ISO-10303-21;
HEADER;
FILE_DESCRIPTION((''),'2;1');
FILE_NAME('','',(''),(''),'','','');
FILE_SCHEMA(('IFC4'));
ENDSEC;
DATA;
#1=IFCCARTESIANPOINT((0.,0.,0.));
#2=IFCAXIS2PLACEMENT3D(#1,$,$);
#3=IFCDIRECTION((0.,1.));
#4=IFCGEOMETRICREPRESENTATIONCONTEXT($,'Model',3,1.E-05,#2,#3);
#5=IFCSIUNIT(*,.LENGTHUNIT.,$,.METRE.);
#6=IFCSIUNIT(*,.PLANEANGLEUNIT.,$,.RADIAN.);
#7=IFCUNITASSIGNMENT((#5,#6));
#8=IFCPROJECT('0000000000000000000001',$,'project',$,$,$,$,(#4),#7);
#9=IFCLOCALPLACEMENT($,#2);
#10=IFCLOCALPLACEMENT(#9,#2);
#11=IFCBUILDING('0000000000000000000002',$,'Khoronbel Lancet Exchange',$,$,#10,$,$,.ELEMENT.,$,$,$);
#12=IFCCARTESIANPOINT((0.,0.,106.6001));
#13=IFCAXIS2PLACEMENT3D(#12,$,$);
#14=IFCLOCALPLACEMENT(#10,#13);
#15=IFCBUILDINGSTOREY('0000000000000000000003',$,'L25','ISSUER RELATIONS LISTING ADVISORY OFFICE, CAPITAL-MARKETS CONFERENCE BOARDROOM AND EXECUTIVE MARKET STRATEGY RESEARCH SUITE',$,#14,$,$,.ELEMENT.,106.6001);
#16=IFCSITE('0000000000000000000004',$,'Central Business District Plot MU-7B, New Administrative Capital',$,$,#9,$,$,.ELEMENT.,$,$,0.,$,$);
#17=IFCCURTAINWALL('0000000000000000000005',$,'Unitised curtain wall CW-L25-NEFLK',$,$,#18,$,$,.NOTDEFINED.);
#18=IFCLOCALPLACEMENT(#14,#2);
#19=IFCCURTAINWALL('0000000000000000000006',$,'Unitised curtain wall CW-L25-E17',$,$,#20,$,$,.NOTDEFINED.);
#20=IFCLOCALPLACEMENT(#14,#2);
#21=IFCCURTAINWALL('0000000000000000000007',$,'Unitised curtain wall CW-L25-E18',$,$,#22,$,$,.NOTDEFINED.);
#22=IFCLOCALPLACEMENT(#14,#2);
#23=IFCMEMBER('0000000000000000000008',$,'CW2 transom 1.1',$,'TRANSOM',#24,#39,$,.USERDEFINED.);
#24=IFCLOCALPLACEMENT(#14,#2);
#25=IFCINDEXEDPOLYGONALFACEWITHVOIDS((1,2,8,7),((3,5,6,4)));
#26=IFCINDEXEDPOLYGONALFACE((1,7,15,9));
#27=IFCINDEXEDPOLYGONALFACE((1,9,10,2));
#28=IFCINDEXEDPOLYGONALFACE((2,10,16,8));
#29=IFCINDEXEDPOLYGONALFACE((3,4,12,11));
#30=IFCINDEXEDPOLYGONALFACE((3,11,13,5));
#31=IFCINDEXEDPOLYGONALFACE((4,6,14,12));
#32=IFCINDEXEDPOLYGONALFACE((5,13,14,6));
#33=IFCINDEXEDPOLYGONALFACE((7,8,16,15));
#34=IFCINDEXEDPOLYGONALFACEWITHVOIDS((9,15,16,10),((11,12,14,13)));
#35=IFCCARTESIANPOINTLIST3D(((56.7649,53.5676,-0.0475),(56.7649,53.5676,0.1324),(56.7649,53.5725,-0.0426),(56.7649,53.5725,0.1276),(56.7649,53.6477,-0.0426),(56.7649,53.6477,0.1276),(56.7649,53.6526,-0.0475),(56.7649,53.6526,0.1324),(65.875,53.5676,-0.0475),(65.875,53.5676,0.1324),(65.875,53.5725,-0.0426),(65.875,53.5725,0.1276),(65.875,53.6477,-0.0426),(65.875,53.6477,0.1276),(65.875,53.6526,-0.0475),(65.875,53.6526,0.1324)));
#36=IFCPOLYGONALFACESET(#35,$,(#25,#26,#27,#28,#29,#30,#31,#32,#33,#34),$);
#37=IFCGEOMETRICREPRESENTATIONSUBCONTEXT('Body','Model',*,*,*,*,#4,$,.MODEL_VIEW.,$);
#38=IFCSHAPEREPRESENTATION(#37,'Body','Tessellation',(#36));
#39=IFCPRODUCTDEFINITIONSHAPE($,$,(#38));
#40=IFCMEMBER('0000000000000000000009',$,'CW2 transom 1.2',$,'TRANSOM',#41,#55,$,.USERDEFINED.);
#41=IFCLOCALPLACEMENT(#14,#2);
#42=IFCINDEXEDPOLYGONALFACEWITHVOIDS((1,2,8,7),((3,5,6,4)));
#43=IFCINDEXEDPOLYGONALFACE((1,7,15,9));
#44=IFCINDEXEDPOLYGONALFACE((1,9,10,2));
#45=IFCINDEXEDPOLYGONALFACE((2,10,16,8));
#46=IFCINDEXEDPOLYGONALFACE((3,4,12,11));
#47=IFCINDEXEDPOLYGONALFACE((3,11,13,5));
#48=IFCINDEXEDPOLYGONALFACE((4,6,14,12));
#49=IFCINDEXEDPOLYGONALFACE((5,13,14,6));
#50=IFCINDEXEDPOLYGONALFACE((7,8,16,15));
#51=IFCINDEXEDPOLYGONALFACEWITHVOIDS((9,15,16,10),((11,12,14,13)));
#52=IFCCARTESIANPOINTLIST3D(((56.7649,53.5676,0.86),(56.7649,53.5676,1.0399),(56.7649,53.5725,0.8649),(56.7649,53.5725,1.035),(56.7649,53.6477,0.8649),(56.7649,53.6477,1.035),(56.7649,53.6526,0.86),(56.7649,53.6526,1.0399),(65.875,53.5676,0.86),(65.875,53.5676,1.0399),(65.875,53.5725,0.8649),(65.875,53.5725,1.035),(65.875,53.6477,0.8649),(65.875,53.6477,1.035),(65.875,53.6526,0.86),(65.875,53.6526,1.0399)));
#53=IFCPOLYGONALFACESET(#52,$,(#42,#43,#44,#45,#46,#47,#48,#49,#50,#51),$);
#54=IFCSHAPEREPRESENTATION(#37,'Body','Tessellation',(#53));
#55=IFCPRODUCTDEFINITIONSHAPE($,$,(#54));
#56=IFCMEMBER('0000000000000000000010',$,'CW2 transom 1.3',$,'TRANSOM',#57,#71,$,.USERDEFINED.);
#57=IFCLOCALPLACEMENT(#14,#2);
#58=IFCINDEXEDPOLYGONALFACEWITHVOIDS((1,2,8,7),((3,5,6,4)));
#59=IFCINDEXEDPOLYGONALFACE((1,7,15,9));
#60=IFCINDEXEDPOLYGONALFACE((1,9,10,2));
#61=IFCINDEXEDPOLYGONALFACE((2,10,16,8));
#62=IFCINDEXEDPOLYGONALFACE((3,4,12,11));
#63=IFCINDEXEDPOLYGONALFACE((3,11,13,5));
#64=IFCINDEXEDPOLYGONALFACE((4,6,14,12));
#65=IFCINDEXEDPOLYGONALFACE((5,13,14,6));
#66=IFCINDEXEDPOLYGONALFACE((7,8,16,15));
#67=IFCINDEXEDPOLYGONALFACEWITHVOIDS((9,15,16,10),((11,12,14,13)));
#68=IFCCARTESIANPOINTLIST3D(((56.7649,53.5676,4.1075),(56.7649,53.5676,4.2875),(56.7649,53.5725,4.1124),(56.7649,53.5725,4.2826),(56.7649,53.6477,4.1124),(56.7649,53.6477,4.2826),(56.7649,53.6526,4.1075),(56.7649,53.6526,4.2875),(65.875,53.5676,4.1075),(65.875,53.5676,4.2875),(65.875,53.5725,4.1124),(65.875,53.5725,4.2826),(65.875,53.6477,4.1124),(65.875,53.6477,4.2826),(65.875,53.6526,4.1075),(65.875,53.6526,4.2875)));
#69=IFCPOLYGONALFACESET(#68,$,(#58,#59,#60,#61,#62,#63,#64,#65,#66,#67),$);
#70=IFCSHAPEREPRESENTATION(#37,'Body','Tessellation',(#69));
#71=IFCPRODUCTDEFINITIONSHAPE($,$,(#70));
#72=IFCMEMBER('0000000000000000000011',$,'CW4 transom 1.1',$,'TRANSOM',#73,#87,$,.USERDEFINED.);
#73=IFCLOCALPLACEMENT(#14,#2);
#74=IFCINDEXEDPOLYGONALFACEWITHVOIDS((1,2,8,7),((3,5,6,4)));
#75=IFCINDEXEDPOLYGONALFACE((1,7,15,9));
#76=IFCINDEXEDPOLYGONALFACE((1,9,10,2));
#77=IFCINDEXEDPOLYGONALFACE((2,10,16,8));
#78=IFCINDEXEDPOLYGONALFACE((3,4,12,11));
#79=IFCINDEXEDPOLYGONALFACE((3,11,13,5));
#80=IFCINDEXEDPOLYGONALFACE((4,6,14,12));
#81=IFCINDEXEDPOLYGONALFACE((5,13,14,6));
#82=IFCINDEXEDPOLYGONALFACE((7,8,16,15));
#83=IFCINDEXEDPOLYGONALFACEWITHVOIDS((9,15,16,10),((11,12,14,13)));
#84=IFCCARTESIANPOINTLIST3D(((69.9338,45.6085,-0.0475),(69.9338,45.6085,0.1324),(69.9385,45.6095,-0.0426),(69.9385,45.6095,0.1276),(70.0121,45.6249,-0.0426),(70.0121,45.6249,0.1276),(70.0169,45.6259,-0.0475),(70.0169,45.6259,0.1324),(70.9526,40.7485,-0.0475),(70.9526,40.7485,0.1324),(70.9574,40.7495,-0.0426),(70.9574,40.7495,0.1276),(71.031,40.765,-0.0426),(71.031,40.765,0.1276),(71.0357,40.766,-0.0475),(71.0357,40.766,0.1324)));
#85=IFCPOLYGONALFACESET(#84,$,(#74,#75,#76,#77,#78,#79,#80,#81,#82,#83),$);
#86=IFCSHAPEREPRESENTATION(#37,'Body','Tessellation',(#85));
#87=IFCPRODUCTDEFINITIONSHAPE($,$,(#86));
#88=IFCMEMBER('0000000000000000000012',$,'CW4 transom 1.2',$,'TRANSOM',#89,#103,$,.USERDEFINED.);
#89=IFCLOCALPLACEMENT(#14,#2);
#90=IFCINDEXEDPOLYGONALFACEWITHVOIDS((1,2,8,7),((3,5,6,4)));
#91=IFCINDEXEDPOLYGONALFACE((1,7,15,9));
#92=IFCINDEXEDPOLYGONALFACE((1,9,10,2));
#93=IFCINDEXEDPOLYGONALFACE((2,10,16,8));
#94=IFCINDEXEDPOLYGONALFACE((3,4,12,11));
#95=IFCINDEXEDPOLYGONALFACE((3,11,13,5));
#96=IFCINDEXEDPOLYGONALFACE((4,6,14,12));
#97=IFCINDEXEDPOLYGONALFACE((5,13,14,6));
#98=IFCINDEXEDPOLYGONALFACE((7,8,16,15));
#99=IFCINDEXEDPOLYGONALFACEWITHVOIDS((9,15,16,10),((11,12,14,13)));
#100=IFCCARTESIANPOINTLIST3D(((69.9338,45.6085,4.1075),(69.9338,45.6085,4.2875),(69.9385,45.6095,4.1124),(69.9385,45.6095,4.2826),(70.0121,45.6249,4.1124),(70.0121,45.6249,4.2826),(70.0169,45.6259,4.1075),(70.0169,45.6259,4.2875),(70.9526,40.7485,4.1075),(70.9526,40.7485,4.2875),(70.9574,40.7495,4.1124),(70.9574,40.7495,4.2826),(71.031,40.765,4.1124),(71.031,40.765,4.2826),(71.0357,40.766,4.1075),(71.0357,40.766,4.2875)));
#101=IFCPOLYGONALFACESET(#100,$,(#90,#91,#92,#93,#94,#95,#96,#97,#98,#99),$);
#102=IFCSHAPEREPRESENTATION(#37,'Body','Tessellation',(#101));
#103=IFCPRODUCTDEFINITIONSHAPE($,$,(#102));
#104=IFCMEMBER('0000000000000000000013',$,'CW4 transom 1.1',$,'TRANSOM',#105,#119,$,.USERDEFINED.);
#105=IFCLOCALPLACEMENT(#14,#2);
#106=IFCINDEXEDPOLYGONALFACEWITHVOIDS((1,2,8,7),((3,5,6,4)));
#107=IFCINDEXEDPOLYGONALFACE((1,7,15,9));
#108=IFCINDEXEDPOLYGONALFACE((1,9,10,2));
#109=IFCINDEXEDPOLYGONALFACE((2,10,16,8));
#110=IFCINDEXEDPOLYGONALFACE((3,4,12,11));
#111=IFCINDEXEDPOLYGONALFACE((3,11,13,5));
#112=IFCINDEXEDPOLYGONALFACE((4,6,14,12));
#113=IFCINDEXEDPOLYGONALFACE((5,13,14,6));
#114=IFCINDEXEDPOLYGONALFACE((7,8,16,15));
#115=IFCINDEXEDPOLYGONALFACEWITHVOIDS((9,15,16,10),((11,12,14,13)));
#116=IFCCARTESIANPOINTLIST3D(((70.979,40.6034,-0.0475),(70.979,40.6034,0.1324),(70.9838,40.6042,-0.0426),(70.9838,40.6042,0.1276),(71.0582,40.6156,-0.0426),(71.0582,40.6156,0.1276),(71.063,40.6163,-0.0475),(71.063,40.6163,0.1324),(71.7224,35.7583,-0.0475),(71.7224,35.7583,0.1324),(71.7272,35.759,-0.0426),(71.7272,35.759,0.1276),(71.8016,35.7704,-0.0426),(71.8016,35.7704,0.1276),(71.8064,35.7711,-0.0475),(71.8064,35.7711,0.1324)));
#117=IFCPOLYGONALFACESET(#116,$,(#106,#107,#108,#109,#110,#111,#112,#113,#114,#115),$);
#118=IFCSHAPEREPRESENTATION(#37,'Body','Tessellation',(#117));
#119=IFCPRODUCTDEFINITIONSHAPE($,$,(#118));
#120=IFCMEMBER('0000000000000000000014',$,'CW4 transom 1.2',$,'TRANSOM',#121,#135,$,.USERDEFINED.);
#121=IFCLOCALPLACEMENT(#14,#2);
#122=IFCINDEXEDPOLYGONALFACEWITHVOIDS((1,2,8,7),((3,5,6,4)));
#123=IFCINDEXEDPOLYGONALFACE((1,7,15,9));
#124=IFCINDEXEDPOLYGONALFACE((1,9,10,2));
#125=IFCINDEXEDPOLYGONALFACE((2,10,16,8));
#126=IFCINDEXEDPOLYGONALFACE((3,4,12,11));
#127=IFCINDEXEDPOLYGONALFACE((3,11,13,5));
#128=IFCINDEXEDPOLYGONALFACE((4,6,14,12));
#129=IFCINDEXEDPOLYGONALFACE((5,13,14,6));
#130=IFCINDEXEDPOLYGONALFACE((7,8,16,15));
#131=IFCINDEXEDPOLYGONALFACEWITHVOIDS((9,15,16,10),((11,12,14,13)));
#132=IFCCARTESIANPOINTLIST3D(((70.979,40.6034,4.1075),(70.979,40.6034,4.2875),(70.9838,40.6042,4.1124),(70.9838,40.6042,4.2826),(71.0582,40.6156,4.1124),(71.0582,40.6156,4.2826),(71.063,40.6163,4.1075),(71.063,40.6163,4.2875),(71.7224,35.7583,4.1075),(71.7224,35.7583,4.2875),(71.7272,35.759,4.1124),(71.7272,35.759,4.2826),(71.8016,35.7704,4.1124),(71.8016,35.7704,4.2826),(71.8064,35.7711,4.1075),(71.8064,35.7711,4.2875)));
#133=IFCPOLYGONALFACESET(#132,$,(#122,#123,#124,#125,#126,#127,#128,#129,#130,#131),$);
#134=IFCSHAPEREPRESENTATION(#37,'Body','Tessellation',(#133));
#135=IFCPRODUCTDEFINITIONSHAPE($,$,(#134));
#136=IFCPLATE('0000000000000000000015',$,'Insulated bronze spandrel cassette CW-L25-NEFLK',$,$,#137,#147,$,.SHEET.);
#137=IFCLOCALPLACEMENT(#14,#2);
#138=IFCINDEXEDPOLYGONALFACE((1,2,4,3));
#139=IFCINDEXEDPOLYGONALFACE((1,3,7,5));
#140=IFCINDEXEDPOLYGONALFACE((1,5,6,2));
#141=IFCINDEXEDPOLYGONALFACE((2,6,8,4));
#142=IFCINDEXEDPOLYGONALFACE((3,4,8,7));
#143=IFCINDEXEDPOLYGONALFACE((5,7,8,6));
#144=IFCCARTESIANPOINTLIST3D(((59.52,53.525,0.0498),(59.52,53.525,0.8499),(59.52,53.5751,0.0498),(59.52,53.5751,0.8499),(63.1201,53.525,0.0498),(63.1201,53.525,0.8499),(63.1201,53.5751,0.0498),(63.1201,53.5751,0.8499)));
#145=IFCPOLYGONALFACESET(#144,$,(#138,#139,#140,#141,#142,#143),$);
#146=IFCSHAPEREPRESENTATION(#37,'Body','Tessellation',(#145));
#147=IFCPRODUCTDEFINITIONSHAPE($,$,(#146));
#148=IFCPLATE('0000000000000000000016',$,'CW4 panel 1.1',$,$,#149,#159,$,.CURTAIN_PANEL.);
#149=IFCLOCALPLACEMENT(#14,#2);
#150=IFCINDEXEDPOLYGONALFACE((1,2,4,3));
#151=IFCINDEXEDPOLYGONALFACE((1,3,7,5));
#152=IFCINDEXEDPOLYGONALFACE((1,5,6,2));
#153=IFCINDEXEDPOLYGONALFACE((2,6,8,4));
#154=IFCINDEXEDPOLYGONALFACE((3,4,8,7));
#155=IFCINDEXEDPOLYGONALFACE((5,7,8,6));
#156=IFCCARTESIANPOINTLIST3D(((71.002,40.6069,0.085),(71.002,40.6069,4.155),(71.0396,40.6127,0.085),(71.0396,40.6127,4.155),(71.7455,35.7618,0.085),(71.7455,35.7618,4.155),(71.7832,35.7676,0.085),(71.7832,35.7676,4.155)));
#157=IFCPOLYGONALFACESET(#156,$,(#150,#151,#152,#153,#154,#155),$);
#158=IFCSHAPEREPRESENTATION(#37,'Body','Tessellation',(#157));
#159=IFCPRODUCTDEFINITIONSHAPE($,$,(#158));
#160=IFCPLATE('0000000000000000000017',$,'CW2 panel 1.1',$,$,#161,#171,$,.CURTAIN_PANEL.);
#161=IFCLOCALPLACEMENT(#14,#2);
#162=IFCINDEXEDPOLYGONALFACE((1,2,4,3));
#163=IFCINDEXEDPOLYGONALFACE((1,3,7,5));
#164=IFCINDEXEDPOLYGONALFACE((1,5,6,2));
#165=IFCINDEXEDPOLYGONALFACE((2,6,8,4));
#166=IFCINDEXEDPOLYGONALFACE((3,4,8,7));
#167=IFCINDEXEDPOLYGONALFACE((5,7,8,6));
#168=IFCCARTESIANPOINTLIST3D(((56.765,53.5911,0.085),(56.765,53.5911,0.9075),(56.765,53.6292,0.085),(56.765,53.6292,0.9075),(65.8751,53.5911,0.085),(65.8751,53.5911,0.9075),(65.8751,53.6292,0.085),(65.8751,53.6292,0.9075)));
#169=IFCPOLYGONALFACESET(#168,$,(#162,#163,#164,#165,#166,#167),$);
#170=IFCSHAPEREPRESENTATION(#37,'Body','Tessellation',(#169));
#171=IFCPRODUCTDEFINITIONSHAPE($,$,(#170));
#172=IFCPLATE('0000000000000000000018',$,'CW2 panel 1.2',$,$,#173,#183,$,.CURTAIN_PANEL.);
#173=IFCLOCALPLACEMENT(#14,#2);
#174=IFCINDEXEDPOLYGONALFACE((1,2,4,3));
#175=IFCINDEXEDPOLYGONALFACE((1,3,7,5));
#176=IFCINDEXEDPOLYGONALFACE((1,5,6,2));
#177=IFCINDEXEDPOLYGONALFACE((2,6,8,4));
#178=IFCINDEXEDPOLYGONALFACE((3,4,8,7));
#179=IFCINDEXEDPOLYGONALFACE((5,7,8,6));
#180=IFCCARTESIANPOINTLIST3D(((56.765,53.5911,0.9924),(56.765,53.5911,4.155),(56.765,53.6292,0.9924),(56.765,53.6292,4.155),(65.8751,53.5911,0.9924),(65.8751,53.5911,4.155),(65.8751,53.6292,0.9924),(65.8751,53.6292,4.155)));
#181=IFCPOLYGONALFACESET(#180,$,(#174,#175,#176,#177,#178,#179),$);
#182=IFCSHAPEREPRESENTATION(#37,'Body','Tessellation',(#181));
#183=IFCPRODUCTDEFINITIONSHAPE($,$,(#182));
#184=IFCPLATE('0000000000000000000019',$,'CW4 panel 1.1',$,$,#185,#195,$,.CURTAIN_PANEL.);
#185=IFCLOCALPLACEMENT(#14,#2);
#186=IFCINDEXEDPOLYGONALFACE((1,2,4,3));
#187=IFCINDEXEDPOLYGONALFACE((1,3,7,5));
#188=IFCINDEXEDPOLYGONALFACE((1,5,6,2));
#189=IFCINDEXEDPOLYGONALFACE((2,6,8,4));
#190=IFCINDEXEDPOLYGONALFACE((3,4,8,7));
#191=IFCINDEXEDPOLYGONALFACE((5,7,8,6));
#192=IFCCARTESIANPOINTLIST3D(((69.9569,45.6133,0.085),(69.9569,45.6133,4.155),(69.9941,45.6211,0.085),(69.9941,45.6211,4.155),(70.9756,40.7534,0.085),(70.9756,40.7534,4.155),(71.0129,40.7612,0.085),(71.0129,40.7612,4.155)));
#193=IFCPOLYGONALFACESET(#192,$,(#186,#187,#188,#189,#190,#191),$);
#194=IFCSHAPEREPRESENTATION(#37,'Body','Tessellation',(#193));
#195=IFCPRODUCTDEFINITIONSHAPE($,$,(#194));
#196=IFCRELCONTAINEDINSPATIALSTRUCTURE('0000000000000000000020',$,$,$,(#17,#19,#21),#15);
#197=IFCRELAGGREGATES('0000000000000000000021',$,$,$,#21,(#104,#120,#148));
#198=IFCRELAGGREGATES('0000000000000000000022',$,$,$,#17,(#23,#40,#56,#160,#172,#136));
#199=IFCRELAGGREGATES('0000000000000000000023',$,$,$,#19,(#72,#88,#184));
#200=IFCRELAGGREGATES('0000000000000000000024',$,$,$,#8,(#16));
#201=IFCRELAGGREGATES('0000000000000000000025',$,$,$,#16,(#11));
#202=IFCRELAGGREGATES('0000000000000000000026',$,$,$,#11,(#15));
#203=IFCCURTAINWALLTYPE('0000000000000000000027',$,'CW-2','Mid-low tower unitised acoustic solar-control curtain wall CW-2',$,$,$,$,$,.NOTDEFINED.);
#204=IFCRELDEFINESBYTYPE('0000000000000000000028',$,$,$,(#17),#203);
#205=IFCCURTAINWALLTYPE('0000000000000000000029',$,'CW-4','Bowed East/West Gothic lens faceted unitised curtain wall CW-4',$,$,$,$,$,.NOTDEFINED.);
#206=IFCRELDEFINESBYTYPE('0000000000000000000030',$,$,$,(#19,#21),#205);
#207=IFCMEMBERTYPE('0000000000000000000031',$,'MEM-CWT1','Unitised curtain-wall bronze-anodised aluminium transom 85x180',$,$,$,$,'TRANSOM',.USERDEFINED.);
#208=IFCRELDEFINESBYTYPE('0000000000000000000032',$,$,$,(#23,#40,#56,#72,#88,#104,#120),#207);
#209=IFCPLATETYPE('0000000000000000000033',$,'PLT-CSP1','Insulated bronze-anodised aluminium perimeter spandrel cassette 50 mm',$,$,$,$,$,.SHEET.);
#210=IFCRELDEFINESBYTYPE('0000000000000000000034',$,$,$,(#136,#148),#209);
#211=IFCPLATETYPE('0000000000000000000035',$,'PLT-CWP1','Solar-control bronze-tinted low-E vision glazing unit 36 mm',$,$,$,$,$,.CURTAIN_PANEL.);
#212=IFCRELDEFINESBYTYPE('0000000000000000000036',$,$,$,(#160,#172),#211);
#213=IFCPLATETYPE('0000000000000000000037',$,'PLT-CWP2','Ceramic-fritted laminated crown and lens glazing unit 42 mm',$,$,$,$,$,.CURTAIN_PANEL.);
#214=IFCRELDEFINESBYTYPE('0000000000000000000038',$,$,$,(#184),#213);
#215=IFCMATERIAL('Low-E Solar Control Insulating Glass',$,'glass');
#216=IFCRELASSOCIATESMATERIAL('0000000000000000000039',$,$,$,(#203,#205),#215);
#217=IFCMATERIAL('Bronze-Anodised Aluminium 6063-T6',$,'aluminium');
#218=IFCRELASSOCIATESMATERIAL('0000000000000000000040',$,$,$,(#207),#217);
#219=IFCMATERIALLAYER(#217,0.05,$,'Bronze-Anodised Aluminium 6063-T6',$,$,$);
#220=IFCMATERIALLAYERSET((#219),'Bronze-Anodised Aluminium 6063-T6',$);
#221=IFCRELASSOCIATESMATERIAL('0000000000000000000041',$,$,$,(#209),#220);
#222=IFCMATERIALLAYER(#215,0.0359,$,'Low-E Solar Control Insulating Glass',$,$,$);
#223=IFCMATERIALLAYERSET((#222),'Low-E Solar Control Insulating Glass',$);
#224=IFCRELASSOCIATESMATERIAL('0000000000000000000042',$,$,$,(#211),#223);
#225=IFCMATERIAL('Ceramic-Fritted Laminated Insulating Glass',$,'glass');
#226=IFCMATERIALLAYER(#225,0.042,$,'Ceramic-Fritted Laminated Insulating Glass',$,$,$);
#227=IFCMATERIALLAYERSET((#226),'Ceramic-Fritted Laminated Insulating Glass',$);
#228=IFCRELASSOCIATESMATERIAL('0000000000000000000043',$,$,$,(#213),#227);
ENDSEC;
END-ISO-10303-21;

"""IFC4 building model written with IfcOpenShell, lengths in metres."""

from ifc_helpers import new_model, si_unit, direction, frame, origin, origin_2d, place, context, subcontext, project, spatial, rectangle, hollow_rectangle, extrude, material, layer, layer_set, material_profile, profile_set, type_object, element, aggregate, save


model = new_model("IFC4")

# Units and contexts
model_context = context("Model", 3, precision=1e-05, world=origin(), true_north=direction((0.0, 1.0)))
body_context = subcontext(model_context, "Body", "Model", "MODEL_VIEW")
ifc_project = project(units=[si_unit("LENGTHUNIT", "METRE"), si_unit("PLANEANGLEUNIT", "RADIAN")], contexts=[model_context])

# Site, building, storey
site_placement = place(None, origin())
site = spatial("IfcSite", under=ifc_project, at=site_placement, Name="Central Business District Plot MU-7B, New Administrative Capital", CompositionType="ELEMENT", RefElevation=0.0)
building_placement = place(site_placement, origin())
building = spatial("IfcBuilding", under=site, at=building_placement, Name="Khoronbel Lancet Exchange", CompositionType="ELEMENT")
storey_placement = place(building_placement, frame((0.0, 0.0, 106.6001)))
storey = spatial("IfcBuildingStorey", under=building, at=storey_placement, Name="L25", Description="ISSUER RELATIONS LISTING ADVISORY OFFICE, CAPITAL-MARKETS CONFERENCE BOARDROOM AND EXECUTIVE MARKET STRATEGY RESEARCH SUITE", CompositionType="ELEMENT", Elevation=106.6001)

# Curtain walls
ifc_material_1 = material(Name="Low-E Solar Control Insulating Glass", Category="glass")
curtain_wall_type_1 = type_object("IfcCurtainWallType", Name="CW-2", Description="Mid-low tower unitised acoustic solar-control curtain wall CW-2", PredefinedType="NOTDEFINED", material=ifc_material_1)
curtain_wall_1_placement = place(storey_placement, origin())
curtain_wall_1 = element("IfcCurtainWall", 1, at=curtain_wall_1_placement, inside=storey, type_object=curtain_wall_type_1, Name="Unitised curtain wall CW-L25-NEFLK", PredefinedType="NOTDEFINED")
ifc_material_2 = material(Name="Bronze-Anodised Aluminium 6063-T6", Category="aluminium")
curtain_wall_type_2 = type_object("IfcCurtainWallType", Name="CW-4", Description="Bowed East/West Gothic lens faceted unitised curtain wall CW-4", PredefinedType="NOTDEFINED", material=ifc_material_1)
curtain_wall_2_placement = place(storey_placement, origin())
curtain_wall_2 = element("IfcCurtainWall", 2, at=curtain_wall_2_placement, inside=storey, type_object=curtain_wall_type_2, Name="Unitised curtain wall CW-L25-E17", PredefinedType="NOTDEFINED")

# Curtain wall
curtain_wall_3_placement = place(storey_placement, origin())
curtain_wall_3 = element("IfcCurtainWall", 3, at=curtain_wall_3_placement, inside=storey, type_object=curtain_wall_type_2, Name="Unitised curtain wall CW-L25-E18", PredefinedType="NOTDEFINED")

# Members
ifc_material_profile_1 = material_profile(ifc_material_2, hollow_rectangle(XDim=0.085, YDim=0.1799, WallThickness=0.0049, at=origin_2d()), Name="ALU TRANSOM 85x180")
ifc_profile_set_1 = profile_set([ifc_material_profile_1], Name="Bronze-Anodised Aluminium 6063-T6")
member_type_1 = type_object("IfcMemberType", Name="MEM-CWT1", Description="Unitised curtain-wall bronze-anodised aluminium transom 85x180", ElementType="TRANSOM", PredefinedType="USERDEFINED", material=ifc_profile_set_1)
member_1_placement = place(storey_placement, frame((65.875, 53.6101, 0.0425), z_axis=(-1.0, 0.0, 0.0), x_axis=(0.0, -1.0, 0.0)))
member_1 = element("IfcMember", 4, at=member_1_placement, type_object=member_type_1, Name="CW2 transom 1.1", ObjectType="TRANSOM", PredefinedType="USERDEFINED", context=body_context, shape_type="SweptSolid", body=[
    extrude(hollow_rectangle(XDim=0.085, YDim=0.1799, WallThickness=0.0049, at=origin_2d()), origin(), (0.0, 0.0, 1.0), 9.1101),
])
member_2_placement = place(storey_placement, frame((65.875, 53.6101, 0.95), z_axis=(-1.0, 0.0, 0.0), x_axis=(0.0, -1.0, 0.0)))
member_2 = element("IfcMember", 5, at=member_2_placement, type_object=member_type_1, Name="CW2 transom 1.2", ObjectType="TRANSOM", PredefinedType="USERDEFINED", context=body_context, shape_type="SweptSolid", body=[
    extrude(hollow_rectangle(XDim=0.085, YDim=0.1799, WallThickness=0.0049, at=origin_2d()), origin(), (0.0, 0.0, 1.0), 9.1101),
])
member_3_placement = place(storey_placement, frame((65.875, 53.6101, 4.1975), z_axis=(-1.0, 0.0, 0.0), x_axis=(0.0, -1.0, 0.0)))
member_3 = element("IfcMember", 6, at=member_3_placement, type_object=member_type_1, Name="CW2 transom 1.3", ObjectType="TRANSOM", PredefinedType="USERDEFINED", context=body_context, shape_type="SweptSolid", body=[
    extrude(hollow_rectangle(XDim=0.085, YDim=0.1799, WallThickness=0.0049, at=origin_2d()), origin(), (0.0, 0.0, 1.0), 9.1101),
])
member_4_placement = place(storey_placement, frame((69.9753, 45.6172, 0.0425), z_axis=(0.205175, -0.978725, 0.0), x_axis=(0.978725, 0.205175, 0.0)))
member_4 = element("IfcMember", 7, at=member_4_placement, type_object=member_type_1, Name="CW4 transom 1.1", ObjectType="TRANSOM", PredefinedType="USERDEFINED", context=body_context, shape_type="SweptSolid", body=[
    extrude(hollow_rectangle(XDim=0.085, YDim=0.1799, WallThickness=0.0049, at=origin_2d()), origin(), (0.0, 0.0, 1.0), 4.9656),
])
member_5_placement = place(storey_placement, frame((69.9753, 45.6172, 4.1975), z_axis=(0.205175, -0.978725, 0.0), x_axis=(0.978725, 0.205175, 0.0)))
member_5 = element("IfcMember", 8, at=member_5_placement, type_object=member_type_1, Name="CW4 transom 1.2", ObjectType="TRANSOM", PredefinedType="USERDEFINED", context=body_context, shape_type="SweptSolid", body=[
    extrude(hollow_rectangle(XDim=0.085, YDim=0.1799, WallThickness=0.0049, at=origin_2d()), origin(), (0.0, 0.0, 1.0), 4.9656),
])
member_6_placement = place(storey_placement, frame((71.021, 40.6099, 0.0425), z_axis=(0.151657, -0.988433, 0.0), x_axis=(0.988433, 0.151657, 0.0)))
member_6 = element("IfcMember", 9, at=member_6_placement, type_object=member_type_1, Name="CW4 transom 1.1", ObjectType="TRANSOM", PredefinedType="USERDEFINED", context=body_context, shape_type="SweptSolid", body=[
    extrude(hollow_rectangle(XDim=0.085, YDim=0.1799, WallThickness=0.0049, at=origin_2d()), origin(), (0.0, 0.0, 1.0), 4.9019),
])
member_7_placement = place(storey_placement, frame((71.021, 40.6099, 4.1975), z_axis=(0.151657, -0.988433, 0.0), x_axis=(0.988433, 0.151657, 0.0)))
member_7 = element("IfcMember", 10, at=member_7_placement, type_object=member_type_1, Name="CW4 transom 1.2", ObjectType="TRANSOM", PredefinedType="USERDEFINED", context=body_context, shape_type="SweptSolid", body=[
    extrude(hollow_rectangle(XDim=0.085, YDim=0.1799, WallThickness=0.0049, at=origin_2d()), origin(), (0.0, 0.0, 1.0), 4.9019),
])

# Plates
ifc_layer_1 = layer(ifc_material_2, 0.05, Name="Bronze-Anodised Aluminium 6063-T6")
ifc_layer_set_1 = layer_set([ifc_layer_1], Name="Bronze-Anodised Aluminium 6063-T6")
plate_type_1 = type_object("IfcPlateType", Name="PLT-CSP1", Description="Insulated bronze-anodised aluminium perimeter spandrel cassette 50 mm", PredefinedType="SHEET", material=ifc_layer_set_1)
plate_1_placement = place(storey_placement, frame((61.3201, 53.55, 0.0498), z_axis=(0.0, 0.0, 1.0), x_axis=(-1.0, 0.0, 0.0)))
plate_1 = element("IfcPlate", 11, at=plate_1_placement, type_object=plate_type_1, Name="Insulated bronze spandrel cassette CW-L25-NEFLK", PredefinedType="SHEET", context=body_context, shape_type="SweptSolid", body=[
    extrude(rectangle(XDim=3.6001, YDim=0.05, at=origin_2d()), origin(), (0.0, 0.0, 1.0), 0.8),
])
plate_2_placement = place(storey_placement, frame((71.3926, 38.1873, 0.085), z_axis=(0.0, 0.0, 1.0), x_axis=(0.15169, -0.988428, 0.0)))
plate_2 = element("IfcPlate", 12, at=plate_2_placement, type_object=plate_type_1, Name="CW4 panel 1.1", PredefinedType="CURTAIN_PANEL", context=body_context, shape_type="SweptSolid", body=[
    extrude(rectangle(XDim=4.9019, YDim=0.0381, at=origin_2d()), origin(), (0.0, 0.0, 1.0), 4.0701),
])
aggregate(curtain_wall_3, [member_6, member_7, plate_2])
ifc_layer_2 = layer(ifc_material_1, 0.0359, Name="Low-E Solar Control Insulating Glass")
ifc_layer_set_2 = layer_set([ifc_layer_2], Name="Low-E Solar Control Insulating Glass")
plate_type_2 = type_object("IfcPlateType", Name="PLT-CWP1", Description="Solar-control bronze-tinted low-E vision glazing unit 36 mm", PredefinedType="CURTAIN_PANEL", material=ifc_layer_set_2)
plate_3_placement = place(storey_placement, frame((61.3201, 53.6101, 0.085), z_axis=(0.0, 0.0, 1.0), x_axis=(-1.0, 0.0, 0.0)))
plate_3 = element("IfcPlate", 13, at=plate_3_placement, type_object=plate_type_2, Name="CW2 panel 1.1", PredefinedType="CURTAIN_PANEL", context=body_context, shape_type="SweptSolid", body=[
    extrude(rectangle(XDim=9.1101, YDim=0.0381, at=origin_2d()), origin(), (0.0, 0.0, 1.0), 0.8225),
])
plate_4_placement = place(storey_placement, frame((61.3201, 53.6101, 0.9924), z_axis=(0.0, 0.0, 1.0), x_axis=(-1.0, 0.0, 0.0)))
plate_4 = element("IfcPlate", 14, at=plate_4_placement, type_object=plate_type_2, Name="CW2 panel 1.2", PredefinedType="CURTAIN_PANEL", context=body_context, shape_type="SweptSolid", body=[
    extrude(rectangle(XDim=9.1101, YDim=0.0381, at=origin_2d()), origin(), (0.0, 0.0, 1.0), 3.1626),
])
aggregate(curtain_wall_1, [member_1, member_2, member_3, plate_3, plate_4, plate_1])
ifc_material_3 = material(Name="Ceramic-Fritted Laminated Insulating Glass", Category="glass")
ifc_layer_3 = layer(ifc_material_3, 0.042, Name="Ceramic-Fritted Laminated Insulating Glass")
ifc_layer_set_3 = layer_set([ifc_layer_3], Name="Ceramic-Fritted Laminated Insulating Glass")
plate_type_3 = type_object("IfcPlateType", Name="PLT-CWP2", Description="Ceramic-fritted laminated crown and lens glazing unit 42 mm", PredefinedType="CURTAIN_PANEL", material=ifc_layer_set_3)
plate_5_placement = place(storey_placement, frame((70.4849, 43.1873, 0.085), z_axis=(0.0, 0.0, 1.0), x_axis=(0.205156, -0.978729, 0.0)))
plate_5 = element("IfcPlate", 15, at=plate_5_placement, type_object=plate_type_3, Name="CW4 panel 1.1", PredefinedType="CURTAIN_PANEL", context=body_context, shape_type="SweptSolid", body=[
    extrude(rectangle(XDim=4.9656, YDim=0.0381, at=origin_2d()), origin(), (0.0, 0.0, 1.0), 4.0701),
])
aggregate(curtain_wall_2, [member_4, member_5, plate_5])

save(model, "model.ifc")
